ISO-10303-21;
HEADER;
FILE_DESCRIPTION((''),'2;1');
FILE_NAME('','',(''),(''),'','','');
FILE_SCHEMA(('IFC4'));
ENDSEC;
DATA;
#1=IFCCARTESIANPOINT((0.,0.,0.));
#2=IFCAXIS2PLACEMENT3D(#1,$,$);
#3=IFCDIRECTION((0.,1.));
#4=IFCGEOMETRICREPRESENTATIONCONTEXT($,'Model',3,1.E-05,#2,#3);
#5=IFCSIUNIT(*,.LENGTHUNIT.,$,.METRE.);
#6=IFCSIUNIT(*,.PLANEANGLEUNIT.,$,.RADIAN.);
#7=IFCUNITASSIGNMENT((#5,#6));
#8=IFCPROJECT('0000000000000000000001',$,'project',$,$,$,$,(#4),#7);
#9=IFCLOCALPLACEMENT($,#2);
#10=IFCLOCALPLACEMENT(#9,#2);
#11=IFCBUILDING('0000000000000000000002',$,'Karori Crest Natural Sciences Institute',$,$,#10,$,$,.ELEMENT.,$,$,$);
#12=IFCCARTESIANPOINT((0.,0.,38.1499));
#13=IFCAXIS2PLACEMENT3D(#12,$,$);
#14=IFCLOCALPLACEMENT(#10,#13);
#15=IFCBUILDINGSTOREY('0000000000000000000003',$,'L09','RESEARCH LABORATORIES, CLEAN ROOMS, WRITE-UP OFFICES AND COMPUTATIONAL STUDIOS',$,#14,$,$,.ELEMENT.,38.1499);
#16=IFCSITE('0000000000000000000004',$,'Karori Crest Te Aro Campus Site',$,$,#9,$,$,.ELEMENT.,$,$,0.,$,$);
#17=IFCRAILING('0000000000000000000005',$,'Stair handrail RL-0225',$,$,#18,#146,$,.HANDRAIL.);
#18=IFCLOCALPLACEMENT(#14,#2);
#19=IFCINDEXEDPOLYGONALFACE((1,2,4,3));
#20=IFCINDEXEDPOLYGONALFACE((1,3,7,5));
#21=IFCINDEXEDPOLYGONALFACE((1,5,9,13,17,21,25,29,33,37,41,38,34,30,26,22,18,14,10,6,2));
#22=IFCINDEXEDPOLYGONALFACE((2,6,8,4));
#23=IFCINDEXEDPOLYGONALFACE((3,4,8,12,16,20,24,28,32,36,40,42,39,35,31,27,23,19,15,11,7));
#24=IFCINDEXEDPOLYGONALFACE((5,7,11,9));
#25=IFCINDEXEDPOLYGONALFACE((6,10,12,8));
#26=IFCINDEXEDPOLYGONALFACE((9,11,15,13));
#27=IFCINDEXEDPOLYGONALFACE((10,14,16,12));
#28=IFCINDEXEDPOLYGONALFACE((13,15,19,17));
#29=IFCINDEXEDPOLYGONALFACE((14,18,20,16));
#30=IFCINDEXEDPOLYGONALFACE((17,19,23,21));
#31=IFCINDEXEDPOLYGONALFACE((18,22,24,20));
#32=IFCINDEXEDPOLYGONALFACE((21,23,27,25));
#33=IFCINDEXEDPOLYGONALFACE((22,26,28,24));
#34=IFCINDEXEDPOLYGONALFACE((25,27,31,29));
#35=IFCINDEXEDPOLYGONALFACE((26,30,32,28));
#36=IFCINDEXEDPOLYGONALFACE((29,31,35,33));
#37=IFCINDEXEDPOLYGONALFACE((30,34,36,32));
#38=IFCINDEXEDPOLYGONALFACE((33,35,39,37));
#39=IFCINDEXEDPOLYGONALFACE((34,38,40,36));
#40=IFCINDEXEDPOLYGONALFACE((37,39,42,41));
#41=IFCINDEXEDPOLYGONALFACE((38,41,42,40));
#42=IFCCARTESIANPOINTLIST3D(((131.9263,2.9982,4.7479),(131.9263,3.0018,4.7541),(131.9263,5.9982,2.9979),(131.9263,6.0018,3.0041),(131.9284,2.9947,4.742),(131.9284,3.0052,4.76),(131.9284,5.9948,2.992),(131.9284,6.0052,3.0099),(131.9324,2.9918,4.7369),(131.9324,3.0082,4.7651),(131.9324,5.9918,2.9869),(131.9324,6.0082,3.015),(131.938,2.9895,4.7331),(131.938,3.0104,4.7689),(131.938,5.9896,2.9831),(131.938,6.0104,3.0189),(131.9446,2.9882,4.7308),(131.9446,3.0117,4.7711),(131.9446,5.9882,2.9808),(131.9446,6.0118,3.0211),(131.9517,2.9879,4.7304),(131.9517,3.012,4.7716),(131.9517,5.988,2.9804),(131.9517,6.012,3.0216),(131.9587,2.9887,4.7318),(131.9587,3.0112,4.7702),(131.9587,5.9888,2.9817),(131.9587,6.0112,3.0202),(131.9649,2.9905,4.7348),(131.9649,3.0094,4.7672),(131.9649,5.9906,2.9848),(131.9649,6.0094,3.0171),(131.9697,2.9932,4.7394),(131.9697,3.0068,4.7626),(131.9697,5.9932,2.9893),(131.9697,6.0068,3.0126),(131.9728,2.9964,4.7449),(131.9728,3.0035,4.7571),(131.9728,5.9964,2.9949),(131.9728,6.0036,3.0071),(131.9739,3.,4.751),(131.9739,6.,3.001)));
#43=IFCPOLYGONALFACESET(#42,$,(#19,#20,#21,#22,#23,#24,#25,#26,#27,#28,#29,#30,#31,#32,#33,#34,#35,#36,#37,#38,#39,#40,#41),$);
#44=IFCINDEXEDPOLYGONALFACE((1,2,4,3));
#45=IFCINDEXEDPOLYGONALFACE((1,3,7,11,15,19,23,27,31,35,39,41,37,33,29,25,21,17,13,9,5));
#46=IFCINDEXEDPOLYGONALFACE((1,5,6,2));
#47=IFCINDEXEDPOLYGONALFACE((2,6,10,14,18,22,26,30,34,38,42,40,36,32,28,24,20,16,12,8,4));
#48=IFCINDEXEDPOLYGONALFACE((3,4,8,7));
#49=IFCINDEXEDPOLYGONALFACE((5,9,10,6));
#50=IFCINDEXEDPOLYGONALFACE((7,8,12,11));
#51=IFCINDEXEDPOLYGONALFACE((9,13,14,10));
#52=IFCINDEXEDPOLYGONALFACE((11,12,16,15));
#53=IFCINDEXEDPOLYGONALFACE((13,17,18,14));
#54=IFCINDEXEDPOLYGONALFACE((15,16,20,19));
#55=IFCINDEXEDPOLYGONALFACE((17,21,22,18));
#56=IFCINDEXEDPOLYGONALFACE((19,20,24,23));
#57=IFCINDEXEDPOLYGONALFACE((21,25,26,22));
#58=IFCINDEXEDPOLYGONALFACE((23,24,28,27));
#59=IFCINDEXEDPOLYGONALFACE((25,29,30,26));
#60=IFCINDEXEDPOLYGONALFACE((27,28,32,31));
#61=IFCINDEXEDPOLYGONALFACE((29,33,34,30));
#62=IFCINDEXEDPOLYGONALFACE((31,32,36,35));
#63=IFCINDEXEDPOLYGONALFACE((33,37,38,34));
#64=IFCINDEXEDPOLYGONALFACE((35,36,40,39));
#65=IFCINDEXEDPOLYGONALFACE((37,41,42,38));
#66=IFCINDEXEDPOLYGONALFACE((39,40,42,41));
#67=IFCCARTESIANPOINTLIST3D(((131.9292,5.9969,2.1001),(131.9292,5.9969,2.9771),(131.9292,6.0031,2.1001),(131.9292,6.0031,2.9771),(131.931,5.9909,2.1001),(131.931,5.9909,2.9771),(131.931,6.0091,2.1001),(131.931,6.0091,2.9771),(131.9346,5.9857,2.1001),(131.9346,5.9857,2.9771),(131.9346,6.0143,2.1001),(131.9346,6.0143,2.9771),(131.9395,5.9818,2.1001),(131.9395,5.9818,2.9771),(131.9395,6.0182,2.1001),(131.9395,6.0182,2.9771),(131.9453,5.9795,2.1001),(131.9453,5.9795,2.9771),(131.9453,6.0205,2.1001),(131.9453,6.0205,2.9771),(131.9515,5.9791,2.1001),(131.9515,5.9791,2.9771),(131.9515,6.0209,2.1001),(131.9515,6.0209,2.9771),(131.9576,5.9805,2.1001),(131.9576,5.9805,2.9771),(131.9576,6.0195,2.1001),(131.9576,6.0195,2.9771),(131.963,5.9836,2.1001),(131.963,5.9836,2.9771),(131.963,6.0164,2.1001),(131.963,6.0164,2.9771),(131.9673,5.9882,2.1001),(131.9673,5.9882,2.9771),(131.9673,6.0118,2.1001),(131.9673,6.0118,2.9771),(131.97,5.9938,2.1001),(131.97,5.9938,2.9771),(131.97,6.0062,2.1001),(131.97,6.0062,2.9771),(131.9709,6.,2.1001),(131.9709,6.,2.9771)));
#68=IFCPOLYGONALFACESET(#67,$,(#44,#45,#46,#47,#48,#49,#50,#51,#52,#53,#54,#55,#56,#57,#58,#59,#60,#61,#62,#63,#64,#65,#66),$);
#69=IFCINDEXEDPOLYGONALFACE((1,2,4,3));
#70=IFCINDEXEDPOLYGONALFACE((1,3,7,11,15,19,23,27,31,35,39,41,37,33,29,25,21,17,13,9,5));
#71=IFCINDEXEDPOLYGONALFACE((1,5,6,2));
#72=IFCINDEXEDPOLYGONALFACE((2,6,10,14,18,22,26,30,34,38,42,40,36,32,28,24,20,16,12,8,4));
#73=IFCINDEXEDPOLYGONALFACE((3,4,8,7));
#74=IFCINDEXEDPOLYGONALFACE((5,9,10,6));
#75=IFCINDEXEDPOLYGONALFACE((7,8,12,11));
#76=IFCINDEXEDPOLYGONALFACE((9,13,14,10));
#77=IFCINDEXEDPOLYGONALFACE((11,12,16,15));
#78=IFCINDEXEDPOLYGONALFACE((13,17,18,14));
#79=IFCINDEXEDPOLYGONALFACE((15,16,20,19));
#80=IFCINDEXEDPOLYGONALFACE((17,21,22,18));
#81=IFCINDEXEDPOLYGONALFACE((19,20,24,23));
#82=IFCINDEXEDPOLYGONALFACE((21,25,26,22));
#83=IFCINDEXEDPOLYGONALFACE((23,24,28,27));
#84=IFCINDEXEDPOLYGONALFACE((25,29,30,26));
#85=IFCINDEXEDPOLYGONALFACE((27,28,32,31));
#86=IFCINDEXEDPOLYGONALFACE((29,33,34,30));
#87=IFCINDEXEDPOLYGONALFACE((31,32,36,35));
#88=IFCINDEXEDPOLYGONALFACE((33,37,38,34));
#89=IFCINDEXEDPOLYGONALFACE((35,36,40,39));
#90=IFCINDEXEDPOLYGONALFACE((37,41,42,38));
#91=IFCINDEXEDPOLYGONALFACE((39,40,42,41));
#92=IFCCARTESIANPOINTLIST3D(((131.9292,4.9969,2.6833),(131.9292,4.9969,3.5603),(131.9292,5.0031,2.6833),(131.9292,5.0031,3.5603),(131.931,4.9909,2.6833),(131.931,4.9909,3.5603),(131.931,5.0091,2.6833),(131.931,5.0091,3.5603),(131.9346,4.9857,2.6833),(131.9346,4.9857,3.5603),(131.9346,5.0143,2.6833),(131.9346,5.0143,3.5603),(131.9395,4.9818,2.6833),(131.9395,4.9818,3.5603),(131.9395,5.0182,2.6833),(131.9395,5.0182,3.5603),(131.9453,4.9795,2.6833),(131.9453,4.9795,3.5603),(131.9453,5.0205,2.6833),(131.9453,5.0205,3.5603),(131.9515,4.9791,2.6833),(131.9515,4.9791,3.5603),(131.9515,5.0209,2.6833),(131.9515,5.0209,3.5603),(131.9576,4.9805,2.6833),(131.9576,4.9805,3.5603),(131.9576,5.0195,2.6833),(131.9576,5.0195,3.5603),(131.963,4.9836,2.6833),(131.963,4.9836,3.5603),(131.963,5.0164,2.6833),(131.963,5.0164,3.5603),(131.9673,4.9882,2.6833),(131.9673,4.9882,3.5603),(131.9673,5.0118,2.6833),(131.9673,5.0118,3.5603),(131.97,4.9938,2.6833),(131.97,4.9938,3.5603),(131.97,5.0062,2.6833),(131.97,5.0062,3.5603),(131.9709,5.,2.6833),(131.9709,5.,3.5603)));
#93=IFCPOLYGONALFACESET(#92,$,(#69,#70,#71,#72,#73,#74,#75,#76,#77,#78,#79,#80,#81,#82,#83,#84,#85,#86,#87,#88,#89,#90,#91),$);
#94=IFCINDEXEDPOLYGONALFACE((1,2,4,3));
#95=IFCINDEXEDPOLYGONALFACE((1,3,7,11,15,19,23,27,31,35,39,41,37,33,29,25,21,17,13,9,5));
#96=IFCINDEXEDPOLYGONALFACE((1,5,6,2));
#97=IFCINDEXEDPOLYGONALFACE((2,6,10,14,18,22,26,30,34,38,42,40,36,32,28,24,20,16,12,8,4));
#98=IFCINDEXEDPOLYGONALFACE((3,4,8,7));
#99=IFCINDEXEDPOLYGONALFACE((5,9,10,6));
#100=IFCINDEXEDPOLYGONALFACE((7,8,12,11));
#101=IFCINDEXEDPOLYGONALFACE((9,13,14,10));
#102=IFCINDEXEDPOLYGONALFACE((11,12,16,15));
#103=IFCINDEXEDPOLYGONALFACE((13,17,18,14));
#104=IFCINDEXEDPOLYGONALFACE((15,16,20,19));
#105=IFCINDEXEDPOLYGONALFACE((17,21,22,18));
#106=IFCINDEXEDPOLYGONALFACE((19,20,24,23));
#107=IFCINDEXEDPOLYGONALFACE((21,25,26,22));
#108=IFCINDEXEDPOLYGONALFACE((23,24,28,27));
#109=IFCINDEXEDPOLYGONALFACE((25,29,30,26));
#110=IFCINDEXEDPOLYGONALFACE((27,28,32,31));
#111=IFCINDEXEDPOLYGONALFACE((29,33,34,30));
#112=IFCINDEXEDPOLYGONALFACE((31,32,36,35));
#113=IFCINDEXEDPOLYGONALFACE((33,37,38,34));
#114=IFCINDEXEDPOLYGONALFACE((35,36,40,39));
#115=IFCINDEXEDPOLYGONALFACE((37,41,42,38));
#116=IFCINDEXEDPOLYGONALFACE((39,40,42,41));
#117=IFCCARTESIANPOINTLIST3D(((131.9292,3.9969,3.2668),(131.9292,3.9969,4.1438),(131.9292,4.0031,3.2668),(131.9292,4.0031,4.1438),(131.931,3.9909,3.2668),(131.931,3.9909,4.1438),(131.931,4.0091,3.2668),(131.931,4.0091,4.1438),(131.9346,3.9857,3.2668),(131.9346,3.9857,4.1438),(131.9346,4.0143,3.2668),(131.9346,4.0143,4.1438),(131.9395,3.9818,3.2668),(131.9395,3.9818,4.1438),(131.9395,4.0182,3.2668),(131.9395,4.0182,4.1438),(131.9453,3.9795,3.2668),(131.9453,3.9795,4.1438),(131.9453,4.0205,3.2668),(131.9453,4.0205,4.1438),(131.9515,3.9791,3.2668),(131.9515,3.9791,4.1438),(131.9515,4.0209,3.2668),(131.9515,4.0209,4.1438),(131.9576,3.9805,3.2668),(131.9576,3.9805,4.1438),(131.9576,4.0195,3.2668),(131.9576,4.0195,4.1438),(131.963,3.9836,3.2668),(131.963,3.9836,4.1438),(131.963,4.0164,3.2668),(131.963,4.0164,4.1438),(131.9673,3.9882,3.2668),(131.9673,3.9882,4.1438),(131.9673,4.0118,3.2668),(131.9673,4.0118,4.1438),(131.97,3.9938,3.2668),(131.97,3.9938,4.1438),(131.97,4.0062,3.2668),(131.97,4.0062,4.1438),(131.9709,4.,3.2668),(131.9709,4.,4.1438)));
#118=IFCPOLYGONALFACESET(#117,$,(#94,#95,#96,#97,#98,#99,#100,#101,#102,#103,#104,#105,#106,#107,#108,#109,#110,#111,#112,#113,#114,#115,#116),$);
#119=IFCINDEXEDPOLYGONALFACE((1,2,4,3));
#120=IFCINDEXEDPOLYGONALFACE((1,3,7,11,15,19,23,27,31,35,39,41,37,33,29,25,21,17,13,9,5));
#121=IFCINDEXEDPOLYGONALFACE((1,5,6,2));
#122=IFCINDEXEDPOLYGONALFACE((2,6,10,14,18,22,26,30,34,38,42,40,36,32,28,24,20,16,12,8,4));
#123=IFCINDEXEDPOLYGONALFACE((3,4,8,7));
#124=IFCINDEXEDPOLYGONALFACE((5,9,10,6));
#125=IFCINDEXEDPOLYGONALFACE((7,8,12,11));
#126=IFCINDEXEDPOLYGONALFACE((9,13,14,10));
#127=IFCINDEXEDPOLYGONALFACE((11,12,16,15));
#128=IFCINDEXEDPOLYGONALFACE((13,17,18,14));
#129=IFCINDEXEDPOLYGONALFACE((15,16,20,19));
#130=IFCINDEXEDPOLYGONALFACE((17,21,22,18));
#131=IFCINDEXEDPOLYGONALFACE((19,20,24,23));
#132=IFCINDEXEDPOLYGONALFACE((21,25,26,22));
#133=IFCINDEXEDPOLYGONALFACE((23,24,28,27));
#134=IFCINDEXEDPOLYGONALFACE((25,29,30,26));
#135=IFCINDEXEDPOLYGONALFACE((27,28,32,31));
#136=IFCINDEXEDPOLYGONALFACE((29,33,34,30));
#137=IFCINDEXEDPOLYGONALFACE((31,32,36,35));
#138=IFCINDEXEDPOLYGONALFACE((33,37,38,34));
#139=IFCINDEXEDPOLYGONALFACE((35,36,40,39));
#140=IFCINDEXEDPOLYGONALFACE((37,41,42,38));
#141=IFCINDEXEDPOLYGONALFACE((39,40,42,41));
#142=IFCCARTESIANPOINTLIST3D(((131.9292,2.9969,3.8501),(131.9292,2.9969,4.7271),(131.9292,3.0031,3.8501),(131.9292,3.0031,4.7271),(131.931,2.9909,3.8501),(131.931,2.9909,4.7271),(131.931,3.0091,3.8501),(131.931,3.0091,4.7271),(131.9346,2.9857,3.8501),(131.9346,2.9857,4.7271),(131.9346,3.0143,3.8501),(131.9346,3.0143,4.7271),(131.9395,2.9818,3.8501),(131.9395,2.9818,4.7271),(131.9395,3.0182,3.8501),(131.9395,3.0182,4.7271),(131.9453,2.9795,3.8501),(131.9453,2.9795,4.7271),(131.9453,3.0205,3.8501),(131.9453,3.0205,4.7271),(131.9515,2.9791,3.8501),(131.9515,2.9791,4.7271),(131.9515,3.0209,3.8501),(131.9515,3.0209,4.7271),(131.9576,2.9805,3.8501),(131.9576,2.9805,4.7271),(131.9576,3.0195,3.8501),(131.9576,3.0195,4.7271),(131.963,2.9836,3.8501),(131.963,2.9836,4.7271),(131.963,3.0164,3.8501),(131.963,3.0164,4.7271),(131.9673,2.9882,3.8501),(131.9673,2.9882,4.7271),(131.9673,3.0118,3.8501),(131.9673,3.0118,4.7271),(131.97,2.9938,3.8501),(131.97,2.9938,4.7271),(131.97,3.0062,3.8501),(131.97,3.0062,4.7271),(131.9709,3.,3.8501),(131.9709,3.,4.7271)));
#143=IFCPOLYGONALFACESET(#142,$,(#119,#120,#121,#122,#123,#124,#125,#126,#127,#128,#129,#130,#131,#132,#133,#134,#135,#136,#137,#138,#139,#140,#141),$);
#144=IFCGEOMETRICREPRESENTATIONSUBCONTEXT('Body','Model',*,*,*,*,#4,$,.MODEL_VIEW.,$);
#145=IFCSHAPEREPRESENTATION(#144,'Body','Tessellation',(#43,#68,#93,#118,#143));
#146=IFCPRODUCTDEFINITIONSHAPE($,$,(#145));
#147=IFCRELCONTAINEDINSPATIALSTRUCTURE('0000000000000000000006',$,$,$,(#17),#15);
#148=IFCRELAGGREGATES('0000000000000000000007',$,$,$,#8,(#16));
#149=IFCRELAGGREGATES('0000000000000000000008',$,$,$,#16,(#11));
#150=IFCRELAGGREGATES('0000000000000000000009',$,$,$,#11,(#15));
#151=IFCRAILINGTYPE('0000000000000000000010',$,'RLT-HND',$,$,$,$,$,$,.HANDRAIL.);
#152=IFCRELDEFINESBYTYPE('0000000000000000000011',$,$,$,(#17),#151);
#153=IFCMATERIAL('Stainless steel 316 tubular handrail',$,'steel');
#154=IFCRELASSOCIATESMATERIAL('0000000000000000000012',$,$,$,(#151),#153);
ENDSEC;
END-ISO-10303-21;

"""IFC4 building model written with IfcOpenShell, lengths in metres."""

from ifc_helpers import new_model, si_unit, direction, frame, origin, origin_2d, place, context, subcontext, project, spatial, circle, extrude, material, type_object, element, save


model = new_model("IFC4")

# Units and contexts
model_context = context("Model", 3, precision=1e-05, world=origin(), true_north=direction((0.0, 1.0)))
body_context = subcontext(model_context, "Body", "Model", "MODEL_VIEW")
ifc_project = project(units=[si_unit("LENGTHUNIT", "METRE"), si_unit("PLANEANGLEUNIT", "RADIAN")], contexts=[model_context])

# Site, building, storey
site_placement = place(None, origin())
site = spatial("IfcSite", under=ifc_project, at=site_placement, Name="Karori Crest Te Aro Campus Site", CompositionType="ELEMENT", RefElevation=0.0)
building_placement = place(site_placement, origin())
building = spatial("IfcBuilding", under=site, at=building_placement, Name="Karori Crest Natural Sciences Institute", CompositionType="ELEMENT")
storey_placement = place(building_placement, frame((0.0, 0.0, 38.1499)))
storey = spatial("IfcBuildingStorey", under=building, at=storey_placement, Name="L09", Description="RESEARCH LABORATORIES, CLEAN ROOMS, WRITE-UP OFFICES AND COMPUTATIONAL STUDIOS", CompositionType="ELEMENT", Elevation=38.1499)

# Railing
ifc_material_1 = material(Name="Stainless steel 316 tubular handrail", Category="steel")
railing_type_1 = type_object("IfcRailingType", Name="RLT-HND", PredefinedType="HANDRAIL", material=ifc_material_1)
railing_1_placement = place(storey_placement, frame((131.95, 6.0, 2.1001)))
element("IfcRailing", 1, at=railing_1_placement, inside=storey, type_object=railing_type_1, Name="Stair handrail RL-0225", PredefinedType="HANDRAIL", context=body_context, shape_type="SweptSolid", body=[
    extrude(circle(Radius=0.0239, at=origin_2d()), frame((0.0, 0.0, 0.9009), z_axis=(0.0, -0.863779, 0.503871), x_axis=(1.0, 0.0, 0.0)), (0.0, 0.0, 1.0), 3.4731),
    extrude(circle(Radius=0.021, at=origin_2d()), origin(), (0.0, 0.0, 1.0), 0.877),
    extrude(circle(Radius=0.021, at=origin_2d()), frame((0.0, -1.0, 0.5833)), (0.0, 0.0, 1.0), 0.877),
    extrude(circle(Radius=0.021, at=origin_2d()), frame((0.0, -2.0, 1.1667)), (0.0, 0.0, 1.0), 0.877),
    extrude(circle(Radius=0.021, at=origin_2d()), frame((0.0, -3.0, 1.75)), (0.0, 0.0, 1.0), 0.877),
])

save(model, "model.ifc")
